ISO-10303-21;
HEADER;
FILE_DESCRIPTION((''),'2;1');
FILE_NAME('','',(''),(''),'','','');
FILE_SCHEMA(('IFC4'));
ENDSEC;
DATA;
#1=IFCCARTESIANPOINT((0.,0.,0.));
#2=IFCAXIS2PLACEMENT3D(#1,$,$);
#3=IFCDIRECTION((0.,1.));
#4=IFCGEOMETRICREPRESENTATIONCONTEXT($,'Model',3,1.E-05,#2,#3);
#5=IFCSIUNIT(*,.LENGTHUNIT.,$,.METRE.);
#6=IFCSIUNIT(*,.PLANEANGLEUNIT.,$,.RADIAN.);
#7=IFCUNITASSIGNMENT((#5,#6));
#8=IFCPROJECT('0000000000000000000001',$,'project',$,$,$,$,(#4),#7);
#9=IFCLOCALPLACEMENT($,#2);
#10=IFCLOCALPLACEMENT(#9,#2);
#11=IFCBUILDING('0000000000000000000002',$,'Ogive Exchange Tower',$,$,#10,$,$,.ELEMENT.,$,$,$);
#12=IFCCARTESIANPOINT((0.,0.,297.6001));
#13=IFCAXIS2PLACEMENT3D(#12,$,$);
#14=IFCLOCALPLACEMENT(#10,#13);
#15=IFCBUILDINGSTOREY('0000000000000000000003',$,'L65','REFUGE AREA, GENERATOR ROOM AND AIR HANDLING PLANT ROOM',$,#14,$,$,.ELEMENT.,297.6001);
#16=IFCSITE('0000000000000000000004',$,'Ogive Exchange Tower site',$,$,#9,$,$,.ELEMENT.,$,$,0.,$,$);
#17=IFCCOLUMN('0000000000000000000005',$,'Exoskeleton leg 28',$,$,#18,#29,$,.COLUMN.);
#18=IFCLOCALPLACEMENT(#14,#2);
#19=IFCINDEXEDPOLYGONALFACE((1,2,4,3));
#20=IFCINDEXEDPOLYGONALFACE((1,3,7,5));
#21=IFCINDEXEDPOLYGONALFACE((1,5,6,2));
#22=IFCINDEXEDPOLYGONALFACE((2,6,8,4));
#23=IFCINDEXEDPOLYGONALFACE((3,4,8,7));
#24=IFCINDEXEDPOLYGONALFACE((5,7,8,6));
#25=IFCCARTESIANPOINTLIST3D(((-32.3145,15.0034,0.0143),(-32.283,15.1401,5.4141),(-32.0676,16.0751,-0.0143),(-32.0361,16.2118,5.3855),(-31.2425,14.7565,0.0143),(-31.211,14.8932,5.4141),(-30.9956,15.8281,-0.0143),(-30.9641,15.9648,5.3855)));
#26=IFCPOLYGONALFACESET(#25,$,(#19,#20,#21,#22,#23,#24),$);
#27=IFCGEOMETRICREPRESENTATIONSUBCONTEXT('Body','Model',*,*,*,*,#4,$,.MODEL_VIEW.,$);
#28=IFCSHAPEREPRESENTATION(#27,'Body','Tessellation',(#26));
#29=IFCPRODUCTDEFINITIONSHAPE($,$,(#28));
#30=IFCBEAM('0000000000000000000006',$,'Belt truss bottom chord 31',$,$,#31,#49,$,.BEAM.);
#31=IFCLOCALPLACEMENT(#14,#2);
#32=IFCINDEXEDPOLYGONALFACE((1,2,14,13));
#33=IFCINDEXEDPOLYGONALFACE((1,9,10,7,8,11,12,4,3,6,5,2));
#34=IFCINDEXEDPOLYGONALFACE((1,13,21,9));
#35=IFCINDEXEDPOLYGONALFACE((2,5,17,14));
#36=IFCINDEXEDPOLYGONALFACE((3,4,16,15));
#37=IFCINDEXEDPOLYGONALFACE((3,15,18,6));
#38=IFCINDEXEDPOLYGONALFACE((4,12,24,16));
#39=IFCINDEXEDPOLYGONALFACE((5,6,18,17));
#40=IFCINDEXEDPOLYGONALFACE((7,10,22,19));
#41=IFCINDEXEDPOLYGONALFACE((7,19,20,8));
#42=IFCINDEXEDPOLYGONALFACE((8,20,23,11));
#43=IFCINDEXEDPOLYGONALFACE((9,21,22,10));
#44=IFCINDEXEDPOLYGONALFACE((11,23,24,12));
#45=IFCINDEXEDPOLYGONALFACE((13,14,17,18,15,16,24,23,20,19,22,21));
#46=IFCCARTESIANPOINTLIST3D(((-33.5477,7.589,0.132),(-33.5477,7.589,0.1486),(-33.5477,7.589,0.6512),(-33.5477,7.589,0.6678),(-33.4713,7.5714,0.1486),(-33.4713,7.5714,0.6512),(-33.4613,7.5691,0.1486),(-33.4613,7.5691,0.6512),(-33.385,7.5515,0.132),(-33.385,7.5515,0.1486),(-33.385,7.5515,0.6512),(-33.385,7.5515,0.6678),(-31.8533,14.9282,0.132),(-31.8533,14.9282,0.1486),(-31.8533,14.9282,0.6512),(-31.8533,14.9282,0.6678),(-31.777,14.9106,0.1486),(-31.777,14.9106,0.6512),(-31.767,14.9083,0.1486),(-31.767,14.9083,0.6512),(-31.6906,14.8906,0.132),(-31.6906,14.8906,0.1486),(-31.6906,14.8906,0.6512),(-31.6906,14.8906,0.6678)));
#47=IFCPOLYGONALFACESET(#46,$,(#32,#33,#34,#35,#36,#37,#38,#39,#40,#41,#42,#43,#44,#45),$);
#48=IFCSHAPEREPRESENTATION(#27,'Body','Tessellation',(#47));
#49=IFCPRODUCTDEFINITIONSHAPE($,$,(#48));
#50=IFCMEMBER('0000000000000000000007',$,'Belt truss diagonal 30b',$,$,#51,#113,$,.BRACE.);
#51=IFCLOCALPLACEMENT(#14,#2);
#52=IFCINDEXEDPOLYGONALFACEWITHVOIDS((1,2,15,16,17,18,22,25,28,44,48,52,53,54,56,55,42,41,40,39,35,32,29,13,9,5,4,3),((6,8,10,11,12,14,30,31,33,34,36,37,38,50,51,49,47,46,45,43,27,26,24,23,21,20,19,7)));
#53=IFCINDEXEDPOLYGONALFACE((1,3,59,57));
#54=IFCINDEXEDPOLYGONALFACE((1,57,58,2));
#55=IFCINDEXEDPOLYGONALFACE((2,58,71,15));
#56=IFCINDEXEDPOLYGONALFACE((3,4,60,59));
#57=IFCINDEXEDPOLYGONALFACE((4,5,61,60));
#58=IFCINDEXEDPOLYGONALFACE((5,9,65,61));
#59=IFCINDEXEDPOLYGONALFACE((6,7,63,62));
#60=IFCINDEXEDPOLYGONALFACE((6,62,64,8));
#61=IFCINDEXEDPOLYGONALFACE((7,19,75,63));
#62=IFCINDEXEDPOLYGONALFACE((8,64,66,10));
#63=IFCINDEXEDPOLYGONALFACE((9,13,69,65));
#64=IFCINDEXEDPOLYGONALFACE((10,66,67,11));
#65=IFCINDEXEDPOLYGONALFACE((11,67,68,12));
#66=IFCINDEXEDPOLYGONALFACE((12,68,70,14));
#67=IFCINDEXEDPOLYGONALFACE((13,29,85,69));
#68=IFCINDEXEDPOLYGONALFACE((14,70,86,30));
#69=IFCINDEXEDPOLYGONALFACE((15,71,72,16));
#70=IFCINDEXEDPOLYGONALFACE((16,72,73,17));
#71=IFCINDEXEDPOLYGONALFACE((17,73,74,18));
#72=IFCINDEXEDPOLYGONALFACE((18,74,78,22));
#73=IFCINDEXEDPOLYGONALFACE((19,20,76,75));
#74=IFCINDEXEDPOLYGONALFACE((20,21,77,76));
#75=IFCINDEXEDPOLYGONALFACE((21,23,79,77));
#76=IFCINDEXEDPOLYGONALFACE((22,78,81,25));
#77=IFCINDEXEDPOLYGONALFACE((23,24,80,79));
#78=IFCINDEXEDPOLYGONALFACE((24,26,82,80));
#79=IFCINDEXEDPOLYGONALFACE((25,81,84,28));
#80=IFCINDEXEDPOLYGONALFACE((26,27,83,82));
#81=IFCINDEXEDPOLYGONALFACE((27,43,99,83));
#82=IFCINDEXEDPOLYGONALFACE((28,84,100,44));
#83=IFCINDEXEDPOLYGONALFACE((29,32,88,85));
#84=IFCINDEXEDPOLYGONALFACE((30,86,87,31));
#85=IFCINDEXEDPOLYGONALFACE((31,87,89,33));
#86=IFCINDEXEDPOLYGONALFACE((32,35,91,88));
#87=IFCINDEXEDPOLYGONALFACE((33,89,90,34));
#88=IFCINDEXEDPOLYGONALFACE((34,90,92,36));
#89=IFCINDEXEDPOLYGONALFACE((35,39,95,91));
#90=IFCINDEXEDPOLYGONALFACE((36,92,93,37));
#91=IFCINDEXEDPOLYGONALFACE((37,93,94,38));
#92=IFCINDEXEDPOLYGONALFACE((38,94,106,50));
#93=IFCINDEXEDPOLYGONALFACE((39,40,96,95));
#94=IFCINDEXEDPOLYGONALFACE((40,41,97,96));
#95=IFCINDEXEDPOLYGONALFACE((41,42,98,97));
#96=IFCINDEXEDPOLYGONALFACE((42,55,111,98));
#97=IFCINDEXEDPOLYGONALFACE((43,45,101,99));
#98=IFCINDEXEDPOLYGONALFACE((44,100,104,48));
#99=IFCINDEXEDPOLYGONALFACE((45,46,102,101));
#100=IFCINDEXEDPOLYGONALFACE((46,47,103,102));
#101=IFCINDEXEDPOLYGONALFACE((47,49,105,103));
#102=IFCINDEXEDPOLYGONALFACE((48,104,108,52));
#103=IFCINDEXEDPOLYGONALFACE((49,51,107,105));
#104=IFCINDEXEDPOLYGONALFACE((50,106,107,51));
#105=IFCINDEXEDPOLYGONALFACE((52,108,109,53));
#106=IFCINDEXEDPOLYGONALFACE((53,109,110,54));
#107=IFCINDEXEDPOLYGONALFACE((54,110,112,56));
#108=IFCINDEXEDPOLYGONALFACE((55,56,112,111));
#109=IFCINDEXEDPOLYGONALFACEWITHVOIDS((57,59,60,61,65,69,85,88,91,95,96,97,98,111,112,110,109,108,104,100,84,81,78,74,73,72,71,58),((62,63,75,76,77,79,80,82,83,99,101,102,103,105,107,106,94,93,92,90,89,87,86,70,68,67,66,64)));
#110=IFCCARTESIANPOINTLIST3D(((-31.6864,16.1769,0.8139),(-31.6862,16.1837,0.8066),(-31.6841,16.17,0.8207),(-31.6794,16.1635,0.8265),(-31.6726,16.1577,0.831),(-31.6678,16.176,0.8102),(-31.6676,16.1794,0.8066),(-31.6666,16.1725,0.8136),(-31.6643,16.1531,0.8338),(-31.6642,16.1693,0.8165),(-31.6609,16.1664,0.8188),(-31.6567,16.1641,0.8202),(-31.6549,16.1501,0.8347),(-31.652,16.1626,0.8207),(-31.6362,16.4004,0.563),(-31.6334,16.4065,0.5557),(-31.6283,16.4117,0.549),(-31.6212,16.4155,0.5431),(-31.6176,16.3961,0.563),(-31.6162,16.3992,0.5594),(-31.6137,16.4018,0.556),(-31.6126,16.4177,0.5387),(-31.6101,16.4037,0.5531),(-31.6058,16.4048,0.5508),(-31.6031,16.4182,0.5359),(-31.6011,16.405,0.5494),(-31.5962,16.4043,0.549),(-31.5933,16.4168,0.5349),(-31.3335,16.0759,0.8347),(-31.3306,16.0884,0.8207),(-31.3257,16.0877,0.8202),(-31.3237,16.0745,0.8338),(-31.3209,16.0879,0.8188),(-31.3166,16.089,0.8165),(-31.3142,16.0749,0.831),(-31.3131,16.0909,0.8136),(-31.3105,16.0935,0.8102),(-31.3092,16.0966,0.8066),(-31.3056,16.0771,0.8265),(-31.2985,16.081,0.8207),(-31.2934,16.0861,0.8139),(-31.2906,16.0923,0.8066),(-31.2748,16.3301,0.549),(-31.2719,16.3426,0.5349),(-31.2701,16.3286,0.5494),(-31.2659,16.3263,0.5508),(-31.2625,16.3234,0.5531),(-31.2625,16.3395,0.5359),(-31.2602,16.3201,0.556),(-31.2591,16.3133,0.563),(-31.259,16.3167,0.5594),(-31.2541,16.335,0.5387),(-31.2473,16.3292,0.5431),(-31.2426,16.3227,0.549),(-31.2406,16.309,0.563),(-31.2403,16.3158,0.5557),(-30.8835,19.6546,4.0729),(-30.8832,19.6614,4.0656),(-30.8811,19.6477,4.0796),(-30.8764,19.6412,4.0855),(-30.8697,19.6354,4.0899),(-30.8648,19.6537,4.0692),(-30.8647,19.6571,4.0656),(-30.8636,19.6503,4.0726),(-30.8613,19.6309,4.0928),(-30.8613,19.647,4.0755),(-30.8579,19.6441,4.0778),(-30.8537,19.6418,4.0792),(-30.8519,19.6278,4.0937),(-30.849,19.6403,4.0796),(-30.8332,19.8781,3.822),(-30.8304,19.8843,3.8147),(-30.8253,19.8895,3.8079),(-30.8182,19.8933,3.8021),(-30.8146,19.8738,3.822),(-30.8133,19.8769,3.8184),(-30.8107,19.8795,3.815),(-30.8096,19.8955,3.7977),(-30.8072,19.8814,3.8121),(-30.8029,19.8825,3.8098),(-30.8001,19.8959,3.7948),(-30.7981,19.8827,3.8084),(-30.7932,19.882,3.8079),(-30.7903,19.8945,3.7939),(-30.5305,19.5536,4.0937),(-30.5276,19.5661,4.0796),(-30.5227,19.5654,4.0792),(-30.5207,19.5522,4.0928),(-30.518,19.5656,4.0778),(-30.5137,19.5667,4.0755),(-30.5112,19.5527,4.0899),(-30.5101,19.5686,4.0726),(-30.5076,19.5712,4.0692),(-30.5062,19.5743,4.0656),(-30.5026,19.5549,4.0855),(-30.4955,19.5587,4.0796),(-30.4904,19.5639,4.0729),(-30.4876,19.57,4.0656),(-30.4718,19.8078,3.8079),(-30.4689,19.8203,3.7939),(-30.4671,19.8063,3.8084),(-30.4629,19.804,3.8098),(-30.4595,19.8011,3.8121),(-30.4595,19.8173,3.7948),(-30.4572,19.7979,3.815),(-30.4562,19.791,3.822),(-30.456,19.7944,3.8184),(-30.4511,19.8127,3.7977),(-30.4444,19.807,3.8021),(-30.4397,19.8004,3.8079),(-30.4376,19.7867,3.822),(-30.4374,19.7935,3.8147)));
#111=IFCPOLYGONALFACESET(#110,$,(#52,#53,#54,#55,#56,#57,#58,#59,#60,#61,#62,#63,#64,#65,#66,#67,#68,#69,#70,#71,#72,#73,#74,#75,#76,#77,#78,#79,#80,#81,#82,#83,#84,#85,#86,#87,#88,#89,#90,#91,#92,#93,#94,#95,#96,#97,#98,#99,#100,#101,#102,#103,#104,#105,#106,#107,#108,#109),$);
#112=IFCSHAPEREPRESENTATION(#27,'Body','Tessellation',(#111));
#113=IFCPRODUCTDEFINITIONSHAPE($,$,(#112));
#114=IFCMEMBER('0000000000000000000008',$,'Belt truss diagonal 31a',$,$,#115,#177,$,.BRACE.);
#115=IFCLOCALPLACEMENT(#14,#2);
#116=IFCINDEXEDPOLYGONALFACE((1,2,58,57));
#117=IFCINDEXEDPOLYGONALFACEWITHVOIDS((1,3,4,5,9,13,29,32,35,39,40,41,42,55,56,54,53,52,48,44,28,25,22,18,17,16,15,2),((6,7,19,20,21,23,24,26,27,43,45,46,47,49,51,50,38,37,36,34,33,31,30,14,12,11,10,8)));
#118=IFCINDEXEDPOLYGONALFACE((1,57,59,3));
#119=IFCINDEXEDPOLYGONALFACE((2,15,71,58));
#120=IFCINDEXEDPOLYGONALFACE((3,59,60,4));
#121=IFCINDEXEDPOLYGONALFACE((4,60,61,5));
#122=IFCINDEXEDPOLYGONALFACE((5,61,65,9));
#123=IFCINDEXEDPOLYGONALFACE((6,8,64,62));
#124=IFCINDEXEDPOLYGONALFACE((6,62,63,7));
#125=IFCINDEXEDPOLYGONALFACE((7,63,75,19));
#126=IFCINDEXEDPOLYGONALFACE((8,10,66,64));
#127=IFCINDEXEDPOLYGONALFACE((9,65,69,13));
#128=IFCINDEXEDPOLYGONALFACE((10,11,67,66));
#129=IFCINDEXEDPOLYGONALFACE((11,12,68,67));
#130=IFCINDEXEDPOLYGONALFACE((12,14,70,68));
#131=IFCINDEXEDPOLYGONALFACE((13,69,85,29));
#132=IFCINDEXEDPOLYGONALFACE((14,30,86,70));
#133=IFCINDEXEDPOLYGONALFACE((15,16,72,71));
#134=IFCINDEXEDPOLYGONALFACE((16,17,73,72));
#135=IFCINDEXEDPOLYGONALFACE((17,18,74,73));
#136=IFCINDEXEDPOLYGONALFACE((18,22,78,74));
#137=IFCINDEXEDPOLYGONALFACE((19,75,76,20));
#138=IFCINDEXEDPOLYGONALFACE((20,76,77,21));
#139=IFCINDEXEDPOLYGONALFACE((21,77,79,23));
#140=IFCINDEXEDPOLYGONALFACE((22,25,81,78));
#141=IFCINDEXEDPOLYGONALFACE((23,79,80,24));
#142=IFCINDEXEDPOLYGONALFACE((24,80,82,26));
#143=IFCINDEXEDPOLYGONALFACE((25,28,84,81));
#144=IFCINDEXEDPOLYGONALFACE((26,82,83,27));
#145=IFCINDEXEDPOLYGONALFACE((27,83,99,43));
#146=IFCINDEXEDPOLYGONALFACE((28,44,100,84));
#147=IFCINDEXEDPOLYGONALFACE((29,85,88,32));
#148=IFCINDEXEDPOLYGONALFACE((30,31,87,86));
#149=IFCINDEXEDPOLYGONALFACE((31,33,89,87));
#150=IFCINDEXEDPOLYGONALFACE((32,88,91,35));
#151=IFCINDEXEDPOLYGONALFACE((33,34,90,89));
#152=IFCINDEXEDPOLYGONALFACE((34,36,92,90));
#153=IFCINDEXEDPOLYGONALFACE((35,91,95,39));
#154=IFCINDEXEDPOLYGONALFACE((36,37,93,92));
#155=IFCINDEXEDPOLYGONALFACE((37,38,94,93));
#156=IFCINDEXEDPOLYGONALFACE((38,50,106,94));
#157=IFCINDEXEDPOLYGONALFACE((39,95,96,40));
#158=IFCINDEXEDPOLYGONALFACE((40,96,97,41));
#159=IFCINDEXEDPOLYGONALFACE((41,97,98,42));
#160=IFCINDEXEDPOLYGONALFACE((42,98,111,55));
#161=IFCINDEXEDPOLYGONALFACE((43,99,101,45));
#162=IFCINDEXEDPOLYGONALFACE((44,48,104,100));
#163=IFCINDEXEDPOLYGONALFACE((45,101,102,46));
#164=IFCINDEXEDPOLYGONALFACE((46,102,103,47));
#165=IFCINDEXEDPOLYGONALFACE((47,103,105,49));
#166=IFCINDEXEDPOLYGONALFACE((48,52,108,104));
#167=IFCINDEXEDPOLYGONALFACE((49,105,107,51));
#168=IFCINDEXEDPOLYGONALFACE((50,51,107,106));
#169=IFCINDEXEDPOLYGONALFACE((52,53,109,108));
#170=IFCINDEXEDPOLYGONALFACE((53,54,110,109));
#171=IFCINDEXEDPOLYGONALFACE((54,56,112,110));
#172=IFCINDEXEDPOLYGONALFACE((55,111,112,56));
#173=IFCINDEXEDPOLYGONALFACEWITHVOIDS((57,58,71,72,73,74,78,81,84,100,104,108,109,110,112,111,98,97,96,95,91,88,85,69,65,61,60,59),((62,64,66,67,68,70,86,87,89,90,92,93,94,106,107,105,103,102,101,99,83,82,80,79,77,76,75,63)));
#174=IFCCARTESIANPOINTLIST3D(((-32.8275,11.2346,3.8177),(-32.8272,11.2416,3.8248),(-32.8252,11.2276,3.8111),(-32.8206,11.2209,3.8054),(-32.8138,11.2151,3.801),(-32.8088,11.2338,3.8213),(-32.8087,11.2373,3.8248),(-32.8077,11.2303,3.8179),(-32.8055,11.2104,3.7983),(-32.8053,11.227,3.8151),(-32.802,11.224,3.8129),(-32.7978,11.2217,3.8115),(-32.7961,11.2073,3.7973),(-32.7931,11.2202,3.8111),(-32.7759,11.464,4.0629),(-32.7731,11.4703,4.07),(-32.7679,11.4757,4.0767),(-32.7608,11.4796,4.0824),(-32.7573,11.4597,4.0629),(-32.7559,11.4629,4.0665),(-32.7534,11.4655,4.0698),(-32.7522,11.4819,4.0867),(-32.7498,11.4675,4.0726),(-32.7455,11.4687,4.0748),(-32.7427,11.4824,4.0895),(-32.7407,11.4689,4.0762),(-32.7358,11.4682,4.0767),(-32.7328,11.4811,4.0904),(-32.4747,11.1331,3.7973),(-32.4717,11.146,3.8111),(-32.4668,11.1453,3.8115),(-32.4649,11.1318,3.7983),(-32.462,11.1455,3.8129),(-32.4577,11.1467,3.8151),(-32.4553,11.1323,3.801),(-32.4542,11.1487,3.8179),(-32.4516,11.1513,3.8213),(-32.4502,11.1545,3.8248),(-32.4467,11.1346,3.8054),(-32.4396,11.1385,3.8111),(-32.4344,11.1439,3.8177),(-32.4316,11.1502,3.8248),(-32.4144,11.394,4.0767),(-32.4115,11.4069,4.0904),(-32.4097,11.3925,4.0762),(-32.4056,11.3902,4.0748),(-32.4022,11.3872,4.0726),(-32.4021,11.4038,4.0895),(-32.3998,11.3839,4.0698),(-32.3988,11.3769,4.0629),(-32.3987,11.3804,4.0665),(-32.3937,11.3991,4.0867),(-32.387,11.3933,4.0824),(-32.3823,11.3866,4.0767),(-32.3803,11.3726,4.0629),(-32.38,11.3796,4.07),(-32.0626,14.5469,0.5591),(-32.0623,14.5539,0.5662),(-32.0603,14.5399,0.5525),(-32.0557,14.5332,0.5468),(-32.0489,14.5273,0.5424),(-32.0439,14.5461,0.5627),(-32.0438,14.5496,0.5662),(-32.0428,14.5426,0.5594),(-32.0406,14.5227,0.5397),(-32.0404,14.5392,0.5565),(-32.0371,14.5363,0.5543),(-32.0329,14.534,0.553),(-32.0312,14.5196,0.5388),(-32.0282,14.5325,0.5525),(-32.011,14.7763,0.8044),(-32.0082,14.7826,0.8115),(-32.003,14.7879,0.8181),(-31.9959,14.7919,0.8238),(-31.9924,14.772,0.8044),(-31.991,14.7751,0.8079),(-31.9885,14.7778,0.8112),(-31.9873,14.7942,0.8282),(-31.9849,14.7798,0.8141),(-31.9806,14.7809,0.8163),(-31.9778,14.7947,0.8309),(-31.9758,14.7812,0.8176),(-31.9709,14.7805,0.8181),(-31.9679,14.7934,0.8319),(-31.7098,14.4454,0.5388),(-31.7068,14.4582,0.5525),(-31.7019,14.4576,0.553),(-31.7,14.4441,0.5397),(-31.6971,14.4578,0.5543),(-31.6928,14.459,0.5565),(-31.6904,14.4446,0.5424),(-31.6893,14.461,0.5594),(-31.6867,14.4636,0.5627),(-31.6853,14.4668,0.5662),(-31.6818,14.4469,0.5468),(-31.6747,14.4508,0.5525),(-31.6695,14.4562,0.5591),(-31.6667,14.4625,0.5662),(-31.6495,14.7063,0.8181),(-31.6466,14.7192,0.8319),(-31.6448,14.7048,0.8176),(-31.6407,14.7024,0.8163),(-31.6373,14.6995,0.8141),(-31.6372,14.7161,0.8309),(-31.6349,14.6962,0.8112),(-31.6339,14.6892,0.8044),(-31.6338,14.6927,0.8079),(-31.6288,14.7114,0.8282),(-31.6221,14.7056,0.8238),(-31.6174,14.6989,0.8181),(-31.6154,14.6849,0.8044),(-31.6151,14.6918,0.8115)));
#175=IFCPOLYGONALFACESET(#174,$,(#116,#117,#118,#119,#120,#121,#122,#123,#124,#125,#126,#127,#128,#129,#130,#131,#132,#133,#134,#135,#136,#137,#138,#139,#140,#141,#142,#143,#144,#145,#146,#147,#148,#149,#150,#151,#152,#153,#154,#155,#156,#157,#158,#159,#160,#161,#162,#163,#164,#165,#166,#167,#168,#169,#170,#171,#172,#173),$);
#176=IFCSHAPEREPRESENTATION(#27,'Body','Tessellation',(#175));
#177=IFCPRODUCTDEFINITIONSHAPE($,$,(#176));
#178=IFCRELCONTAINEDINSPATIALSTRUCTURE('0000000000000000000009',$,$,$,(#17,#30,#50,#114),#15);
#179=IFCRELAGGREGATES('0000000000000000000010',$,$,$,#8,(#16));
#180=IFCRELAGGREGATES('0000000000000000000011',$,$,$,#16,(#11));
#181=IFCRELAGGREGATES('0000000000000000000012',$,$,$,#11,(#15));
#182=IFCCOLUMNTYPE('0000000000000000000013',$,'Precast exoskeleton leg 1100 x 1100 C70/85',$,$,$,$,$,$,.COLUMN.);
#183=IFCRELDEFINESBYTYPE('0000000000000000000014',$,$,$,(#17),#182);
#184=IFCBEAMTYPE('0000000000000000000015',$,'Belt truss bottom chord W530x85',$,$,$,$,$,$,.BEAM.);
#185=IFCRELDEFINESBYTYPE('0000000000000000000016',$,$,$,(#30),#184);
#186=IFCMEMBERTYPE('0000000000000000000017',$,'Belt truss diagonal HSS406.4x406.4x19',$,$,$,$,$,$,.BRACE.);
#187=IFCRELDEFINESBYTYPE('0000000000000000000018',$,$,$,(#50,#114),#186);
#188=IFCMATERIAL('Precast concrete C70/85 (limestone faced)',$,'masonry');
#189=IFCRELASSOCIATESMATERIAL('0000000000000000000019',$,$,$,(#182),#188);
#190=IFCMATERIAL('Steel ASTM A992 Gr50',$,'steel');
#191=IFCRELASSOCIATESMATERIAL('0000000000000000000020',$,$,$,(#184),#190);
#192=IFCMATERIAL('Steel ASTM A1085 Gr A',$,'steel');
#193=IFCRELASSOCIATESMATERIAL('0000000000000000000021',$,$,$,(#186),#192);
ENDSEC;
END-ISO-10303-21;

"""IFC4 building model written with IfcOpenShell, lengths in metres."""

from ifc_helpers import new_model, si_unit, direction, frame, origin, origin_2d, place, context, subcontext, project, spatial, rectangle, hollow_rectangle, i_section, extrude, material, material_profile, profile_set, type_object, element, save


model = new_model("IFC4")

# Units and contexts
model_context = context("Model", 3, precision=1e-05, world=origin(), true_north=direction((0.0, 1.0)))
body_context = subcontext(model_context, "Body", "Model", "MODEL_VIEW")
ifc_project = project(units=[si_unit("LENGTHUNIT", "METRE"), si_unit("PLANEANGLEUNIT", "RADIAN")], contexts=[model_context])

# Site, building, storey
site_placement = place(None, origin())
site = spatial("IfcSite", under=ifc_project, at=site_placement, Name="Ogive Exchange Tower site", CompositionType="ELEMENT", RefElevation=0.0)
building_placement = place(site_placement, origin())
building = spatial("IfcBuilding", under=site, at=building_placement, Name="Ogive Exchange Tower", CompositionType="ELEMENT")
storey_placement = place(building_placement, frame((0.0, 0.0, 297.6001)))
storey = spatial("IfcBuildingStorey", under=building, at=storey_placement, Name="L65", Description="REFUGE AREA, GENERATOR ROOM AND AIR HANDLING PLANT ROOM", CompositionType="ELEMENT", Elevation=297.6001)

# Column
ifc_material_1 = material(Name="Precast concrete C70/85 (limestone faced)", Category="masonry")
ifc_material_profile_1 = material_profile(ifc_material_1, rectangle(XDim=1.1001, YDim=1.1001, at=origin_2d()), Name="1100 x 1100")
ifc_profile_set_1 = profile_set([ifc_material_profile_1], Name="Precast concrete C70/85 (limestone faced)")
column_type = type_object("IfcColumnType", Name="Precast exoskeleton leg 1100 x 1100 C70/85", PredefinedType="COLUMN", material=ifc_profile_set_1)
column_placement = place(storey_placement, frame((-31.655, 15.4158, 0.0), z_axis=(0.00583, 0.02531, 0.999663), x_axis=(-0.974479, 0.224478, 0.0)))
element("IfcColumn", 1, at=column_placement, inside=storey, type_object=column_type, Name="Exoskeleton leg 28", PredefinedType="COLUMN", context=body_context, shape_type="SweptSolid", body=[
    extrude(rectangle(XDim=1.1001, YDim=1.1001, at=origin_2d()), origin(), (0.0, 0.0, 1.0), 5.4016),
])

# Beam
ifc_material_2 = material(Name="Steel ASTM A992 Gr50", Category="steel")
ifc_material_profile_2 = material_profile(ifc_material_2, i_section(OverallWidth=0.167, OverallDepth=0.5359, WebThickness=0.0103, FlangeThickness=0.0166, at=origin_2d()), Name="W530x85")
ifc_profile_set_2 = profile_set([ifc_material_profile_2], Name="Steel ASTM A992 Gr50")
beam_type_1 = type_object("IfcBeamType", Name="Belt truss bottom chord W530x85", PredefinedType="BEAM", material=ifc_profile_set_2)
beam_1_placement = place(storey_placement, frame((-31.772, 14.9094, 0.3999), z_axis=(-0.224947, -0.974371, 0.0), x_axis=(0.974371, -0.224947, 0.0)))
element("IfcBeam", 2, at=beam_1_placement, inside=storey, type_object=beam_type_1, Name="Belt truss bottom chord 31", PredefinedType="BEAM", context=body_context, shape_type="SweptSolid", body=[
    extrude(i_section(OverallWidth=0.167, OverallDepth=0.5359, WebThickness=0.0103, FlangeThickness=0.0166, at=origin_2d()), origin(), (0.0, 0.0, 1.0), 7.5322),
])

# Members
ifc_material_3 = material(Name="Steel ASTM A1085 Gr A", Category="steel")
ifc_material_profile_3 = material_profile(ifc_material_3, hollow_rectangle(XDim=0.406, YDim=0.406, WallThickness=0.019, InnerFilletRadius=0.019, OuterFilletRadius=0.0381, at=origin_2d()), Name="HSS406.4x406.4x19")
ifc_profile_set_3 = profile_set([ifc_material_profile_3], Name="Steel ASTM A1085 Gr A")
member_type_1 = type_object("IfcMemberType", Name="Belt truss diagonal HSS406.4x406.4x19", PredefinedType="BRACE", material=ifc_profile_set_3)
member_1_placement = place(storey_placement, frame((-31.4634, 16.2463, 0.6848), z_axis=(0.166134, 0.719542, 0.674284), x_axis=(-0.974366, 0.224969, 0.0)))
element("IfcMember", 3, at=member_1_placement, inside=storey, type_object=member_type_1, Name="Belt truss diagonal 30b", PredefinedType="BRACE", context=body_context, shape_type="SweptSolid", body=[
    extrude(hollow_rectangle(XDim=0.406, YDim=0.406, WallThickness=0.019, InnerFilletRadius=0.019, OuterFilletRadius=0.0381, at=origin_2d()), origin(), (0.0, 0.0, 1.0), 4.8333),
])
member_2_placement = place(storey_placement, frame((-31.8389, 14.6194, 0.6853), z_axis=(-0.162434, -0.703396, 0.69199), x_axis=(0.974357, -0.225006, 0.0)))
element("IfcMember", 4, at=member_2_placement, inside=storey, type_object=member_type_1, Name="Belt truss diagonal 31a", PredefinedType="BRACE", context=body_context, shape_type="SweptSolid", body=[
    extrude(hollow_rectangle(XDim=0.406, YDim=0.406, WallThickness=0.019, InnerFilletRadius=0.019, OuterFilletRadius=0.0381, at=origin_2d()), origin(), (0.0, 0.0, 1.0), 4.709),
])

save(model, "model.ifc")
